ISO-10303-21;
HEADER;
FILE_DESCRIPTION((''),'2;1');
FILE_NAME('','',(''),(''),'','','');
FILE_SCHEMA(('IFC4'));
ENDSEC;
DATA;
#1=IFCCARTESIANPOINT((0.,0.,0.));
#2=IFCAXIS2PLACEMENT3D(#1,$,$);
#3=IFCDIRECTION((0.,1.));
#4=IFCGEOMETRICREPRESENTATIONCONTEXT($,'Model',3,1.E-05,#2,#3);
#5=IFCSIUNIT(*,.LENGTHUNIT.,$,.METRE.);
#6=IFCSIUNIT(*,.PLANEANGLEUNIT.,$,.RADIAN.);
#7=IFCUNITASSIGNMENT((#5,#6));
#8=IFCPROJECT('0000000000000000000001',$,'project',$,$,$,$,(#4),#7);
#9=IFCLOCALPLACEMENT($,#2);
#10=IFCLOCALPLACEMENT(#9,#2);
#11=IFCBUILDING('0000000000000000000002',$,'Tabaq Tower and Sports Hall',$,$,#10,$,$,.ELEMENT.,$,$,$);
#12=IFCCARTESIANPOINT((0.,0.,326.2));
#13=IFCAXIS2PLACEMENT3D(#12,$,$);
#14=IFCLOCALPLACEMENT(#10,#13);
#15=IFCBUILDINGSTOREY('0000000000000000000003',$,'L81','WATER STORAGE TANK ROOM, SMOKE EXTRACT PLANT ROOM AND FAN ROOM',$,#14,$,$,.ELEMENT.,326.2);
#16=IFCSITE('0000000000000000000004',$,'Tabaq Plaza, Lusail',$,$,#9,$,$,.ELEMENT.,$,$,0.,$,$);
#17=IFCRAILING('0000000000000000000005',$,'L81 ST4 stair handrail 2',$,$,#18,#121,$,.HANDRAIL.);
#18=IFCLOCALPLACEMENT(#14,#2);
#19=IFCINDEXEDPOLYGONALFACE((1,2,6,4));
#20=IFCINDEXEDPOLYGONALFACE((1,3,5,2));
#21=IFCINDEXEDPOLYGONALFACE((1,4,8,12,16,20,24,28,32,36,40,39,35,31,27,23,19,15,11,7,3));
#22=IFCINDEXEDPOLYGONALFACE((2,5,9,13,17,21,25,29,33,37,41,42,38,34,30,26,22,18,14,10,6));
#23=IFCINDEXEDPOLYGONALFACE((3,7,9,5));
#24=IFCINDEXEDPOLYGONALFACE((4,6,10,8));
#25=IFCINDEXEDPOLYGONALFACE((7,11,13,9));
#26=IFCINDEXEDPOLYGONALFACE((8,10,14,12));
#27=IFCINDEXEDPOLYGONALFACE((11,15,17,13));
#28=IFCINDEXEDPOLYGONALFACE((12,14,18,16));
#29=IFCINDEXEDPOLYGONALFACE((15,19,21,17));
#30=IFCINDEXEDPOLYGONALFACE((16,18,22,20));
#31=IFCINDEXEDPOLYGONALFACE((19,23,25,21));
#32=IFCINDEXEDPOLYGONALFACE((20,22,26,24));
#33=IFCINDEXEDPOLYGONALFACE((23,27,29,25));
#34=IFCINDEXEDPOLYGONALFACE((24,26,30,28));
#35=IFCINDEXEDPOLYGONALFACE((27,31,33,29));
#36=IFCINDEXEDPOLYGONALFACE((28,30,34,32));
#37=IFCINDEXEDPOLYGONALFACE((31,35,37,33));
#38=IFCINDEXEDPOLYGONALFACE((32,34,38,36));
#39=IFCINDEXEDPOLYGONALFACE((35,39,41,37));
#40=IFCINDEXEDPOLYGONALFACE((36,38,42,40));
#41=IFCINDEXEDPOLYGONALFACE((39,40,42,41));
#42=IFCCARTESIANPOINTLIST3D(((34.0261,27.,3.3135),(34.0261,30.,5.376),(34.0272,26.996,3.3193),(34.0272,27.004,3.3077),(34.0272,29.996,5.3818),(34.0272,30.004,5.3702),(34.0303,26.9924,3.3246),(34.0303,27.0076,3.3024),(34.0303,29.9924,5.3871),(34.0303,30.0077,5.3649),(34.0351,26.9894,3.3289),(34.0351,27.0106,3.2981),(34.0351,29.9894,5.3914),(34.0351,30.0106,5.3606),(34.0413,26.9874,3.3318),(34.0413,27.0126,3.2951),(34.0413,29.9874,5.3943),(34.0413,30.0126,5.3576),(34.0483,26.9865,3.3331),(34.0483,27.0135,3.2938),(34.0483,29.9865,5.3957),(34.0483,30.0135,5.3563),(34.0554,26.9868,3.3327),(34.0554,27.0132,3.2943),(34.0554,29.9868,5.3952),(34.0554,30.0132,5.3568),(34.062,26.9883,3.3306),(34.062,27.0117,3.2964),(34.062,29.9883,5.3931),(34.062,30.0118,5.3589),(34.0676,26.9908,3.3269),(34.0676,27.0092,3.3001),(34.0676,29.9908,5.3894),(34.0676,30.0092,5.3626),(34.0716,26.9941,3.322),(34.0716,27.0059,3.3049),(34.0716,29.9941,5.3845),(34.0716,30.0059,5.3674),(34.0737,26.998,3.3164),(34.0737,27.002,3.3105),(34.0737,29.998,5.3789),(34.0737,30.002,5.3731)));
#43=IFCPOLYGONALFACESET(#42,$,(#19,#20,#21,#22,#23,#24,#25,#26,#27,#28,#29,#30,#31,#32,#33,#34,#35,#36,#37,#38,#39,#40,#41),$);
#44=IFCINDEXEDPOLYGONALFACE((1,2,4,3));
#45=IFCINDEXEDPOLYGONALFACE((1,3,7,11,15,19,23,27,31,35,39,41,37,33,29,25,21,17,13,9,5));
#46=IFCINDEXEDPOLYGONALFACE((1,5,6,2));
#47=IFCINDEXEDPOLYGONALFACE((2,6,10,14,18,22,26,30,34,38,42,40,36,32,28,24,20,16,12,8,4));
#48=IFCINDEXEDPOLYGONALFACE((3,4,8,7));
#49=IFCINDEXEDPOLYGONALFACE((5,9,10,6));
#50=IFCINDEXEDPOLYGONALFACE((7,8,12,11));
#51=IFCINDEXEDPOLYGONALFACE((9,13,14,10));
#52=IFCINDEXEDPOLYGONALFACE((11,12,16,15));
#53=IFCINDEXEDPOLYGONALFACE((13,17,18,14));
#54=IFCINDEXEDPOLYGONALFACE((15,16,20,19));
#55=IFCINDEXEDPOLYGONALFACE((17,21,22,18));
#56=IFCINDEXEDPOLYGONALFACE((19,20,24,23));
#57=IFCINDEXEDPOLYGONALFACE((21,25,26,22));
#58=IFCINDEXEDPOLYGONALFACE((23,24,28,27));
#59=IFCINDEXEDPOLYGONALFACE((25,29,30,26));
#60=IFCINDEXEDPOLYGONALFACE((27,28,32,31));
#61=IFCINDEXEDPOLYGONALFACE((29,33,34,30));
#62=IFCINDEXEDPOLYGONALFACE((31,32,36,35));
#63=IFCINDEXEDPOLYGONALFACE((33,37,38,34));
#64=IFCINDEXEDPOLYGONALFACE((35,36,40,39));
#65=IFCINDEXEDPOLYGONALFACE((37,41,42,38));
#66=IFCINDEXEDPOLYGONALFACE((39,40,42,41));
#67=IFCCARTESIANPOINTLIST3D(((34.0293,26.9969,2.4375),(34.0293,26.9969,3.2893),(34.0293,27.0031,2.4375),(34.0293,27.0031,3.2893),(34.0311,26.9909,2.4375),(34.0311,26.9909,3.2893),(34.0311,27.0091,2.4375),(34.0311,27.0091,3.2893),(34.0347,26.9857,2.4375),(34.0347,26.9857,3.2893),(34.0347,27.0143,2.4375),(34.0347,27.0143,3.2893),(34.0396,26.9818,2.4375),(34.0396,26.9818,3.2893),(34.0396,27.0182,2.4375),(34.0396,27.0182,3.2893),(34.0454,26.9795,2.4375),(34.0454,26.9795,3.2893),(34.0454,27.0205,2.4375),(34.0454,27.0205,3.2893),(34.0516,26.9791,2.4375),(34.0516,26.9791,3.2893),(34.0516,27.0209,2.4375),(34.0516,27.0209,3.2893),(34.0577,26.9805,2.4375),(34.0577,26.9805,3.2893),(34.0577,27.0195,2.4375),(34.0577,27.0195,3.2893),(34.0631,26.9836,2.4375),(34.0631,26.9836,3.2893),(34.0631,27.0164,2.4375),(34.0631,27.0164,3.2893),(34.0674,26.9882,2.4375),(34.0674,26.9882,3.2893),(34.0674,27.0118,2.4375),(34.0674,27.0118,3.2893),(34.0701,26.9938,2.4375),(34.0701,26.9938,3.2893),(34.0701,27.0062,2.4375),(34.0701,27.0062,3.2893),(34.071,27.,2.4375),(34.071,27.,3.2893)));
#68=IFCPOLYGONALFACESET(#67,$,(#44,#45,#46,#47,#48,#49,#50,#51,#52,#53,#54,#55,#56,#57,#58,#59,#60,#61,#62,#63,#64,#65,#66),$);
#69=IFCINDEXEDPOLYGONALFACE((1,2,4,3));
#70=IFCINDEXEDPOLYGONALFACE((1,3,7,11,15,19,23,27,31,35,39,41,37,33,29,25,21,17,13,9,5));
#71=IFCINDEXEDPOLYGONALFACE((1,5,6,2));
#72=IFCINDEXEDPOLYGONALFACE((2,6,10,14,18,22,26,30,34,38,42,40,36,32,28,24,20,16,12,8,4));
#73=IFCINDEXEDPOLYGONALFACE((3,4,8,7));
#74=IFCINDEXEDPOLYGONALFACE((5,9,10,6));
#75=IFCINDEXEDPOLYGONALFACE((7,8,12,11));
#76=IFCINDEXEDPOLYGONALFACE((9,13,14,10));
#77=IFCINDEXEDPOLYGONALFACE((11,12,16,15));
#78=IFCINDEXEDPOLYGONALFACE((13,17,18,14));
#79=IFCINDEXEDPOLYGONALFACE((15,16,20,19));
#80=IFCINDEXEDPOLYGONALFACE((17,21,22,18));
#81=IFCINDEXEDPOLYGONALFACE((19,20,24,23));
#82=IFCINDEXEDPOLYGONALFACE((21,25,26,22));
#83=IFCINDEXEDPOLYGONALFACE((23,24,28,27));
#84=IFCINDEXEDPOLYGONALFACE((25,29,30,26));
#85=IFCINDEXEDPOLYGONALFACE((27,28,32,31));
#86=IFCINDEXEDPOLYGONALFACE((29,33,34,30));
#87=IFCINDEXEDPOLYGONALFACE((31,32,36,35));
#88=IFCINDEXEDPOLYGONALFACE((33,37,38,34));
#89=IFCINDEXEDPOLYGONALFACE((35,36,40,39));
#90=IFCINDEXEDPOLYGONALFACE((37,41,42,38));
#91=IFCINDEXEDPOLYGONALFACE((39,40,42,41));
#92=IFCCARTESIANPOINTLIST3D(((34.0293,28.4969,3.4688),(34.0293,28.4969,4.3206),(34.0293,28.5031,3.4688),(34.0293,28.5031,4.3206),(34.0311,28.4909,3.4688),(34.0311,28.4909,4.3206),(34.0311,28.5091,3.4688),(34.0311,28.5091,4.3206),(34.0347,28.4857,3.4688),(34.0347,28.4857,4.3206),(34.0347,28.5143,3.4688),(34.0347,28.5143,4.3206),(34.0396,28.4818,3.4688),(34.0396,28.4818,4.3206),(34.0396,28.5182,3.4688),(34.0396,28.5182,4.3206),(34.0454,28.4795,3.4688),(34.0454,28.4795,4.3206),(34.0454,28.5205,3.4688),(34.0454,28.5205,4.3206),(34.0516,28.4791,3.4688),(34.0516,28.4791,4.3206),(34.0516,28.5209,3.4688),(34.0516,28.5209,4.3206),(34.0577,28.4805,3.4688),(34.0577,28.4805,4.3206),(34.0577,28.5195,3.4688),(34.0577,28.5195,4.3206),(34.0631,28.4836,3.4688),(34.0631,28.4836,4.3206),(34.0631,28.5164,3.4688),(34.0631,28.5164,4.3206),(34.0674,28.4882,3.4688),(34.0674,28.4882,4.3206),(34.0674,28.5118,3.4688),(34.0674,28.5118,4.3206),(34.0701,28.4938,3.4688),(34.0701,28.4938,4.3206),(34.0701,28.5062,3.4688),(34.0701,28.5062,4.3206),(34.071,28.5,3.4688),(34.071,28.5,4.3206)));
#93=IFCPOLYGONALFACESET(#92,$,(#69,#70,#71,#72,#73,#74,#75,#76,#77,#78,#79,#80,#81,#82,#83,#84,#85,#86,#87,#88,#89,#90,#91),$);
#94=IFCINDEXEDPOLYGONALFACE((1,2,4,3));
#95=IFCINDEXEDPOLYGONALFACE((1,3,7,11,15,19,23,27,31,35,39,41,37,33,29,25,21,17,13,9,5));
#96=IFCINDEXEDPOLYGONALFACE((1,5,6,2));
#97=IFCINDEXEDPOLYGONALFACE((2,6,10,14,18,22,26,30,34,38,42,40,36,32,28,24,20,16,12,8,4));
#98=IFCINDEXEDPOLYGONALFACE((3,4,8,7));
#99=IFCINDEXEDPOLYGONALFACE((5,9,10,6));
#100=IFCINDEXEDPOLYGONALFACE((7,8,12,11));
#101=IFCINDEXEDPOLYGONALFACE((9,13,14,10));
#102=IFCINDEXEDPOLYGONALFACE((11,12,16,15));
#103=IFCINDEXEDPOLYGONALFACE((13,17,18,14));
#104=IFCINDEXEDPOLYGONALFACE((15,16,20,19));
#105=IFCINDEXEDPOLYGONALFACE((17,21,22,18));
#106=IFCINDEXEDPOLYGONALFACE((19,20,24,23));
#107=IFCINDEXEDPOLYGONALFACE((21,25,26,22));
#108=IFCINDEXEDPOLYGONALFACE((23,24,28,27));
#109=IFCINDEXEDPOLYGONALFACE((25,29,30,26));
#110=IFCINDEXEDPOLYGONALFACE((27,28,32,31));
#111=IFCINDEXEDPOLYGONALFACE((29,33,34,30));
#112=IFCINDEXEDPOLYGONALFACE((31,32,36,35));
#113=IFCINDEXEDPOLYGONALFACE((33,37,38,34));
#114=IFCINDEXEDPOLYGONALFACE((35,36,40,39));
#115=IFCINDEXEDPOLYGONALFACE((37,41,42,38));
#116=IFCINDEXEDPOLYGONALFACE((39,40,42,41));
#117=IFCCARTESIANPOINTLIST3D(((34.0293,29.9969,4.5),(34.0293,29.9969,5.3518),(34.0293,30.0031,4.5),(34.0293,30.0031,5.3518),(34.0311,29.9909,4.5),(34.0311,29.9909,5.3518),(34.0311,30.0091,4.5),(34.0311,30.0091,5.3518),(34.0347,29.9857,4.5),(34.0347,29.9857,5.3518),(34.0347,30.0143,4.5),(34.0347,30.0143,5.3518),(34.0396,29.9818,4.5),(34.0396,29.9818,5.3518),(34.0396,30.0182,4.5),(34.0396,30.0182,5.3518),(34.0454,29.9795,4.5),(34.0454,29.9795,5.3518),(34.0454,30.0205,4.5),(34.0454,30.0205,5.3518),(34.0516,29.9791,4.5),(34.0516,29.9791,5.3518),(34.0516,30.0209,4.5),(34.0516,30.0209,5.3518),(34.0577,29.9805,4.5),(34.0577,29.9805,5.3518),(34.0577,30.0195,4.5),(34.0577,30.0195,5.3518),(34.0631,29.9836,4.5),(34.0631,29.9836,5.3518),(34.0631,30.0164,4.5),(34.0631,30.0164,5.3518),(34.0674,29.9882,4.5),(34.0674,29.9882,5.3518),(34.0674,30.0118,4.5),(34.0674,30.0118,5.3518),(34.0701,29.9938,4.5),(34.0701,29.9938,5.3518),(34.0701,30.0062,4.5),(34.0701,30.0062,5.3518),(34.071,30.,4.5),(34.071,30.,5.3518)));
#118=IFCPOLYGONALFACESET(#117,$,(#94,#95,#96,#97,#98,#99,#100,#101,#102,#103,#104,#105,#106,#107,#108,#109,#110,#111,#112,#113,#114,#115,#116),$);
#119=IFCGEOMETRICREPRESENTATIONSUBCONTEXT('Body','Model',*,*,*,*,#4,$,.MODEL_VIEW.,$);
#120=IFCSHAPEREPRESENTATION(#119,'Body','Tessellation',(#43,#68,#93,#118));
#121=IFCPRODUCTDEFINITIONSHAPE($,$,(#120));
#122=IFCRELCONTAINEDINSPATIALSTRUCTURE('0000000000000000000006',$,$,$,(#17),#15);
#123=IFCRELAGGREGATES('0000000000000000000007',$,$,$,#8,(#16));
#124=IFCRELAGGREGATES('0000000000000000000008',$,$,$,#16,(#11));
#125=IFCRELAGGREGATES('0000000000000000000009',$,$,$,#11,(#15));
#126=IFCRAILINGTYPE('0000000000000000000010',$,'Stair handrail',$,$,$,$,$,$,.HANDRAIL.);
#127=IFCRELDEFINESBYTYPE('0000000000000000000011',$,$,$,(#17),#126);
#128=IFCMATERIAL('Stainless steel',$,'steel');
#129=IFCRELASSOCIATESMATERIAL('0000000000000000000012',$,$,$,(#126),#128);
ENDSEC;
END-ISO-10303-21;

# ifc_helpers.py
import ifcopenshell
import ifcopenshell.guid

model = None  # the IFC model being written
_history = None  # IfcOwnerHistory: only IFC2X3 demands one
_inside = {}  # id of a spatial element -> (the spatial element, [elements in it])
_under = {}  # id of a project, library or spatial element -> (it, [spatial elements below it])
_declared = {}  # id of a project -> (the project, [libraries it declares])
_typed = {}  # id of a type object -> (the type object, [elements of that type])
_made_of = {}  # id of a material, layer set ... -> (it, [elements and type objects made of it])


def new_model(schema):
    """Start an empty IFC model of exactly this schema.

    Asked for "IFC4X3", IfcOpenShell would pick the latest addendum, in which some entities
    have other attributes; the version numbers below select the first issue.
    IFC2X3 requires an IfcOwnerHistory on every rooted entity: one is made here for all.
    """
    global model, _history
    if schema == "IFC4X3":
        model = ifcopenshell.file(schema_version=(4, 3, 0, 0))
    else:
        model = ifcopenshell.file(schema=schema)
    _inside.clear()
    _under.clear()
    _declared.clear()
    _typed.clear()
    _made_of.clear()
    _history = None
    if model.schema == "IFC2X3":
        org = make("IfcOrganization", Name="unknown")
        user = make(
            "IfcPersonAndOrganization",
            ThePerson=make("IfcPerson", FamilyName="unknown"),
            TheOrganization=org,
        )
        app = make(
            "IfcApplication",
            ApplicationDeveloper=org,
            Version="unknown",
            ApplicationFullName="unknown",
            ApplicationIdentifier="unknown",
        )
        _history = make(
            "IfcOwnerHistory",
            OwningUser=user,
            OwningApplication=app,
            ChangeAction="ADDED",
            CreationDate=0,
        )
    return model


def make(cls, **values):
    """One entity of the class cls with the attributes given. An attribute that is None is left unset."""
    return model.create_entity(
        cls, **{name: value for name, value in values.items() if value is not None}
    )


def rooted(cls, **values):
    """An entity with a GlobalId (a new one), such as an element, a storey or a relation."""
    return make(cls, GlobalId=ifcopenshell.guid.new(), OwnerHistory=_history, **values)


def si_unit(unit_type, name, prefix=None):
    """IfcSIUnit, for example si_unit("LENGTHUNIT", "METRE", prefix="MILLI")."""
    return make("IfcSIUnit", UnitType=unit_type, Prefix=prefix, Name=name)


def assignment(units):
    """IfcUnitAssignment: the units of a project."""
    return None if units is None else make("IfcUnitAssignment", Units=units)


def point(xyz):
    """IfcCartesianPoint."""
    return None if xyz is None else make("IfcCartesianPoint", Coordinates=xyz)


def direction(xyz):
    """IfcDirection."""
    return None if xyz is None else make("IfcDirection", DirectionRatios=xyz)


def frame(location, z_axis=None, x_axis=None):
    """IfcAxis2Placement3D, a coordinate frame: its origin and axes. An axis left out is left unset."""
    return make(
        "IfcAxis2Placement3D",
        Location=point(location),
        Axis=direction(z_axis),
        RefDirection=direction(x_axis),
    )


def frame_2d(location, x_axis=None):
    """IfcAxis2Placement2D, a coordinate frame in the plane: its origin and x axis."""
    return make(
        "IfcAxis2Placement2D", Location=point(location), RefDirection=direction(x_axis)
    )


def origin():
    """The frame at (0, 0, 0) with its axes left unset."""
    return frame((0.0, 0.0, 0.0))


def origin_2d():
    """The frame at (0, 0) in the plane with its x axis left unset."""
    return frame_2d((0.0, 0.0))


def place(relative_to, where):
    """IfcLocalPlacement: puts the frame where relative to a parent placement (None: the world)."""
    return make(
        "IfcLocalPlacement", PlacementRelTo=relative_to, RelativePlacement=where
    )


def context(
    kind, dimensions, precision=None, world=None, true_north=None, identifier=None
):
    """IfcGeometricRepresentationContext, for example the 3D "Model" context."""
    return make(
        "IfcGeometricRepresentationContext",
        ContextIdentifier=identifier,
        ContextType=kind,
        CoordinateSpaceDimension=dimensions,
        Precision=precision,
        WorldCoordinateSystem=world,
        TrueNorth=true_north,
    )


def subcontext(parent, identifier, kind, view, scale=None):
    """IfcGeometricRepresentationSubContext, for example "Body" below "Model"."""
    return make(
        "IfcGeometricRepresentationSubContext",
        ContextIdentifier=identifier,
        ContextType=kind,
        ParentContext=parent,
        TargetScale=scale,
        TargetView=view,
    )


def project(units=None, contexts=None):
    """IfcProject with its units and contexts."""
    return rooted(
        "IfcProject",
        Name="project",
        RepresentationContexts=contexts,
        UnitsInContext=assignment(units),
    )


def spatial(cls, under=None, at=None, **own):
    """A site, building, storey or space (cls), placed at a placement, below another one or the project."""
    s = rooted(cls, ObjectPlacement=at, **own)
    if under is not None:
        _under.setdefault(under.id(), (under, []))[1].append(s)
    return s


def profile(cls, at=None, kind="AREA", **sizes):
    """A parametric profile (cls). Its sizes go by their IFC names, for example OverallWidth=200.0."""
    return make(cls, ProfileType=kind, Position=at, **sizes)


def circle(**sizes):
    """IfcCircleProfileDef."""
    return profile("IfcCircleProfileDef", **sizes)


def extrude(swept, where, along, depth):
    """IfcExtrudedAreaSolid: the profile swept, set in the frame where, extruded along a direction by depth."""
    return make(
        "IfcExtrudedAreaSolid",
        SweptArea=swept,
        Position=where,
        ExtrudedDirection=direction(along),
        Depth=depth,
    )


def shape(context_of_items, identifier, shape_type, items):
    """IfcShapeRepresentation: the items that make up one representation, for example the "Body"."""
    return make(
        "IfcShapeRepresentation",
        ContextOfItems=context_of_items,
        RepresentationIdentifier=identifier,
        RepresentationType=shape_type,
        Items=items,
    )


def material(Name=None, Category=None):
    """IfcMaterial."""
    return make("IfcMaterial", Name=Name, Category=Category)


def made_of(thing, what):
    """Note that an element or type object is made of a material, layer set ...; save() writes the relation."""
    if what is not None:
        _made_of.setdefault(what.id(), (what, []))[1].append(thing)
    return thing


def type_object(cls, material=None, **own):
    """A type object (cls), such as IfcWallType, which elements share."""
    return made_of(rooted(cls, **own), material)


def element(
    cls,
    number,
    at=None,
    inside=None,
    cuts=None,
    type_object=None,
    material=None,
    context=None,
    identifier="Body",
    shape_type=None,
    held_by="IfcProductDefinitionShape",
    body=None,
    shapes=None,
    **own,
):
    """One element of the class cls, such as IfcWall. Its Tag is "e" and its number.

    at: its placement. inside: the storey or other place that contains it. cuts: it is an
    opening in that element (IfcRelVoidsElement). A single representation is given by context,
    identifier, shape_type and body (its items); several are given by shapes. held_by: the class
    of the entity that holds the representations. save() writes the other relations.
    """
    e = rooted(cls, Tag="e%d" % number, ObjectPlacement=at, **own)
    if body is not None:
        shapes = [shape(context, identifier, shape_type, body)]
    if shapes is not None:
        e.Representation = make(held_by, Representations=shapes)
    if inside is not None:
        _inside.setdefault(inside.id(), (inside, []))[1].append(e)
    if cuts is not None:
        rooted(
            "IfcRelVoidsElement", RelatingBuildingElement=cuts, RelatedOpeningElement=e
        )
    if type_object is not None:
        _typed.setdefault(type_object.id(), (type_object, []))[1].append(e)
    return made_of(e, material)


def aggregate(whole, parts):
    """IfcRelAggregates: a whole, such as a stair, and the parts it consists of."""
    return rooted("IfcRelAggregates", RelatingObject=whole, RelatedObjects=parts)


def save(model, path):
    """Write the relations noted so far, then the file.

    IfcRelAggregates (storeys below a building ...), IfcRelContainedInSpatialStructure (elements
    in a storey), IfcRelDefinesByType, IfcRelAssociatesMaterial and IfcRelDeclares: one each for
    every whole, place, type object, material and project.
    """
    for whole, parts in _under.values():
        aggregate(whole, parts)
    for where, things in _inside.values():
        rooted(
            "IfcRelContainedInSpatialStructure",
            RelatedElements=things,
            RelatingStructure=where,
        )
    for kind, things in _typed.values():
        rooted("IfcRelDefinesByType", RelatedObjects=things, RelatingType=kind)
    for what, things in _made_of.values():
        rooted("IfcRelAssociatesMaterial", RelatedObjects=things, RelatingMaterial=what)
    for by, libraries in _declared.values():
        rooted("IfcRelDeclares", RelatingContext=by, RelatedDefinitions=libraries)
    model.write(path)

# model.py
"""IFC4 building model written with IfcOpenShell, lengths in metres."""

from ifc_helpers import new_model, si_unit, direction, frame, origin, origin_2d, place, context, subcontext, project, spatial, circle, extrude, material, type_object, element, save


model = new_model("IFC4")

# Units and contexts
model_context = context("Model", 3, precision=1e-05, world=origin(), true_north=direction((0.0, 1.0)))
body_context = subcontext(model_context, "Body", "Model", "MODEL_VIEW")
ifc_project = project(units=[si_unit("LENGTHUNIT", "METRE"), si_unit("PLANEANGLEUNIT", "RADIAN")], contexts=[model_context])

# Site, building, storey
site_placement = place(None, origin())
site = spatial("IfcSite", under=ifc_project, at=site_placement, Name="Tabaq Plaza, Lusail", CompositionType="ELEMENT", RefElevation=0.0)
building_placement = place(site_placement, origin())
building = spatial("IfcBuilding", under=site, at=building_placement, Name="Tabaq Tower and Sports Hall", CompositionType="ELEMENT")
storey_placement = place(building_placement, frame((0.0, 0.0, 326.2)))
storey = spatial("IfcBuildingStorey", under=building, at=storey_placement, Name="L81", Description="WATER STORAGE TANK ROOM, SMOKE EXTRACT PLANT ROOM AND FAN ROOM", CompositionType="ELEMENT", Elevation=326.2)

# Railing
ifc_material_1 = material(Name="Stainless steel", Category="steel")
railing_type_1 = type_object("IfcRailingType", Name="Stair handrail", PredefinedType="HANDRAIL", material=ifc_material_1)
railing_1_placement = place(storey_placement, frame((34.05, 27.0, 2.4375)))
element("IfcRailing", 1, at=railing_1_placement, inside=storey, type_object=railing_type_1, Name="L81 ST4 stair handrail 2", PredefinedType="HANDRAIL", context=body_context, shape_type="SweptSolid", body=[
    extrude(circle(Radius=0.0239, at=origin_2d()), frame((0.0, 0.0, 0.876), z_axis=(0.0, 0.824042, 0.566529), x_axis=(-1.0, 0.0, 0.0)), (0.0, 0.0, 1.0), 3.6406),
    extrude(circle(Radius=0.021, at=origin_2d()), origin(), (0.0, 0.0, 1.0), 0.8518),
    extrude(circle(Radius=0.021, at=origin_2d()), frame((0.0, 1.5, 1.0312)), (0.0, 0.0, 1.0), 0.8518),
    extrude(circle(Radius=0.021, at=origin_2d()), frame((0.0, 3.0, 2.0625)), (0.0, 0.0, 1.0), 0.8518),
])

save(model, "model.ifc")
